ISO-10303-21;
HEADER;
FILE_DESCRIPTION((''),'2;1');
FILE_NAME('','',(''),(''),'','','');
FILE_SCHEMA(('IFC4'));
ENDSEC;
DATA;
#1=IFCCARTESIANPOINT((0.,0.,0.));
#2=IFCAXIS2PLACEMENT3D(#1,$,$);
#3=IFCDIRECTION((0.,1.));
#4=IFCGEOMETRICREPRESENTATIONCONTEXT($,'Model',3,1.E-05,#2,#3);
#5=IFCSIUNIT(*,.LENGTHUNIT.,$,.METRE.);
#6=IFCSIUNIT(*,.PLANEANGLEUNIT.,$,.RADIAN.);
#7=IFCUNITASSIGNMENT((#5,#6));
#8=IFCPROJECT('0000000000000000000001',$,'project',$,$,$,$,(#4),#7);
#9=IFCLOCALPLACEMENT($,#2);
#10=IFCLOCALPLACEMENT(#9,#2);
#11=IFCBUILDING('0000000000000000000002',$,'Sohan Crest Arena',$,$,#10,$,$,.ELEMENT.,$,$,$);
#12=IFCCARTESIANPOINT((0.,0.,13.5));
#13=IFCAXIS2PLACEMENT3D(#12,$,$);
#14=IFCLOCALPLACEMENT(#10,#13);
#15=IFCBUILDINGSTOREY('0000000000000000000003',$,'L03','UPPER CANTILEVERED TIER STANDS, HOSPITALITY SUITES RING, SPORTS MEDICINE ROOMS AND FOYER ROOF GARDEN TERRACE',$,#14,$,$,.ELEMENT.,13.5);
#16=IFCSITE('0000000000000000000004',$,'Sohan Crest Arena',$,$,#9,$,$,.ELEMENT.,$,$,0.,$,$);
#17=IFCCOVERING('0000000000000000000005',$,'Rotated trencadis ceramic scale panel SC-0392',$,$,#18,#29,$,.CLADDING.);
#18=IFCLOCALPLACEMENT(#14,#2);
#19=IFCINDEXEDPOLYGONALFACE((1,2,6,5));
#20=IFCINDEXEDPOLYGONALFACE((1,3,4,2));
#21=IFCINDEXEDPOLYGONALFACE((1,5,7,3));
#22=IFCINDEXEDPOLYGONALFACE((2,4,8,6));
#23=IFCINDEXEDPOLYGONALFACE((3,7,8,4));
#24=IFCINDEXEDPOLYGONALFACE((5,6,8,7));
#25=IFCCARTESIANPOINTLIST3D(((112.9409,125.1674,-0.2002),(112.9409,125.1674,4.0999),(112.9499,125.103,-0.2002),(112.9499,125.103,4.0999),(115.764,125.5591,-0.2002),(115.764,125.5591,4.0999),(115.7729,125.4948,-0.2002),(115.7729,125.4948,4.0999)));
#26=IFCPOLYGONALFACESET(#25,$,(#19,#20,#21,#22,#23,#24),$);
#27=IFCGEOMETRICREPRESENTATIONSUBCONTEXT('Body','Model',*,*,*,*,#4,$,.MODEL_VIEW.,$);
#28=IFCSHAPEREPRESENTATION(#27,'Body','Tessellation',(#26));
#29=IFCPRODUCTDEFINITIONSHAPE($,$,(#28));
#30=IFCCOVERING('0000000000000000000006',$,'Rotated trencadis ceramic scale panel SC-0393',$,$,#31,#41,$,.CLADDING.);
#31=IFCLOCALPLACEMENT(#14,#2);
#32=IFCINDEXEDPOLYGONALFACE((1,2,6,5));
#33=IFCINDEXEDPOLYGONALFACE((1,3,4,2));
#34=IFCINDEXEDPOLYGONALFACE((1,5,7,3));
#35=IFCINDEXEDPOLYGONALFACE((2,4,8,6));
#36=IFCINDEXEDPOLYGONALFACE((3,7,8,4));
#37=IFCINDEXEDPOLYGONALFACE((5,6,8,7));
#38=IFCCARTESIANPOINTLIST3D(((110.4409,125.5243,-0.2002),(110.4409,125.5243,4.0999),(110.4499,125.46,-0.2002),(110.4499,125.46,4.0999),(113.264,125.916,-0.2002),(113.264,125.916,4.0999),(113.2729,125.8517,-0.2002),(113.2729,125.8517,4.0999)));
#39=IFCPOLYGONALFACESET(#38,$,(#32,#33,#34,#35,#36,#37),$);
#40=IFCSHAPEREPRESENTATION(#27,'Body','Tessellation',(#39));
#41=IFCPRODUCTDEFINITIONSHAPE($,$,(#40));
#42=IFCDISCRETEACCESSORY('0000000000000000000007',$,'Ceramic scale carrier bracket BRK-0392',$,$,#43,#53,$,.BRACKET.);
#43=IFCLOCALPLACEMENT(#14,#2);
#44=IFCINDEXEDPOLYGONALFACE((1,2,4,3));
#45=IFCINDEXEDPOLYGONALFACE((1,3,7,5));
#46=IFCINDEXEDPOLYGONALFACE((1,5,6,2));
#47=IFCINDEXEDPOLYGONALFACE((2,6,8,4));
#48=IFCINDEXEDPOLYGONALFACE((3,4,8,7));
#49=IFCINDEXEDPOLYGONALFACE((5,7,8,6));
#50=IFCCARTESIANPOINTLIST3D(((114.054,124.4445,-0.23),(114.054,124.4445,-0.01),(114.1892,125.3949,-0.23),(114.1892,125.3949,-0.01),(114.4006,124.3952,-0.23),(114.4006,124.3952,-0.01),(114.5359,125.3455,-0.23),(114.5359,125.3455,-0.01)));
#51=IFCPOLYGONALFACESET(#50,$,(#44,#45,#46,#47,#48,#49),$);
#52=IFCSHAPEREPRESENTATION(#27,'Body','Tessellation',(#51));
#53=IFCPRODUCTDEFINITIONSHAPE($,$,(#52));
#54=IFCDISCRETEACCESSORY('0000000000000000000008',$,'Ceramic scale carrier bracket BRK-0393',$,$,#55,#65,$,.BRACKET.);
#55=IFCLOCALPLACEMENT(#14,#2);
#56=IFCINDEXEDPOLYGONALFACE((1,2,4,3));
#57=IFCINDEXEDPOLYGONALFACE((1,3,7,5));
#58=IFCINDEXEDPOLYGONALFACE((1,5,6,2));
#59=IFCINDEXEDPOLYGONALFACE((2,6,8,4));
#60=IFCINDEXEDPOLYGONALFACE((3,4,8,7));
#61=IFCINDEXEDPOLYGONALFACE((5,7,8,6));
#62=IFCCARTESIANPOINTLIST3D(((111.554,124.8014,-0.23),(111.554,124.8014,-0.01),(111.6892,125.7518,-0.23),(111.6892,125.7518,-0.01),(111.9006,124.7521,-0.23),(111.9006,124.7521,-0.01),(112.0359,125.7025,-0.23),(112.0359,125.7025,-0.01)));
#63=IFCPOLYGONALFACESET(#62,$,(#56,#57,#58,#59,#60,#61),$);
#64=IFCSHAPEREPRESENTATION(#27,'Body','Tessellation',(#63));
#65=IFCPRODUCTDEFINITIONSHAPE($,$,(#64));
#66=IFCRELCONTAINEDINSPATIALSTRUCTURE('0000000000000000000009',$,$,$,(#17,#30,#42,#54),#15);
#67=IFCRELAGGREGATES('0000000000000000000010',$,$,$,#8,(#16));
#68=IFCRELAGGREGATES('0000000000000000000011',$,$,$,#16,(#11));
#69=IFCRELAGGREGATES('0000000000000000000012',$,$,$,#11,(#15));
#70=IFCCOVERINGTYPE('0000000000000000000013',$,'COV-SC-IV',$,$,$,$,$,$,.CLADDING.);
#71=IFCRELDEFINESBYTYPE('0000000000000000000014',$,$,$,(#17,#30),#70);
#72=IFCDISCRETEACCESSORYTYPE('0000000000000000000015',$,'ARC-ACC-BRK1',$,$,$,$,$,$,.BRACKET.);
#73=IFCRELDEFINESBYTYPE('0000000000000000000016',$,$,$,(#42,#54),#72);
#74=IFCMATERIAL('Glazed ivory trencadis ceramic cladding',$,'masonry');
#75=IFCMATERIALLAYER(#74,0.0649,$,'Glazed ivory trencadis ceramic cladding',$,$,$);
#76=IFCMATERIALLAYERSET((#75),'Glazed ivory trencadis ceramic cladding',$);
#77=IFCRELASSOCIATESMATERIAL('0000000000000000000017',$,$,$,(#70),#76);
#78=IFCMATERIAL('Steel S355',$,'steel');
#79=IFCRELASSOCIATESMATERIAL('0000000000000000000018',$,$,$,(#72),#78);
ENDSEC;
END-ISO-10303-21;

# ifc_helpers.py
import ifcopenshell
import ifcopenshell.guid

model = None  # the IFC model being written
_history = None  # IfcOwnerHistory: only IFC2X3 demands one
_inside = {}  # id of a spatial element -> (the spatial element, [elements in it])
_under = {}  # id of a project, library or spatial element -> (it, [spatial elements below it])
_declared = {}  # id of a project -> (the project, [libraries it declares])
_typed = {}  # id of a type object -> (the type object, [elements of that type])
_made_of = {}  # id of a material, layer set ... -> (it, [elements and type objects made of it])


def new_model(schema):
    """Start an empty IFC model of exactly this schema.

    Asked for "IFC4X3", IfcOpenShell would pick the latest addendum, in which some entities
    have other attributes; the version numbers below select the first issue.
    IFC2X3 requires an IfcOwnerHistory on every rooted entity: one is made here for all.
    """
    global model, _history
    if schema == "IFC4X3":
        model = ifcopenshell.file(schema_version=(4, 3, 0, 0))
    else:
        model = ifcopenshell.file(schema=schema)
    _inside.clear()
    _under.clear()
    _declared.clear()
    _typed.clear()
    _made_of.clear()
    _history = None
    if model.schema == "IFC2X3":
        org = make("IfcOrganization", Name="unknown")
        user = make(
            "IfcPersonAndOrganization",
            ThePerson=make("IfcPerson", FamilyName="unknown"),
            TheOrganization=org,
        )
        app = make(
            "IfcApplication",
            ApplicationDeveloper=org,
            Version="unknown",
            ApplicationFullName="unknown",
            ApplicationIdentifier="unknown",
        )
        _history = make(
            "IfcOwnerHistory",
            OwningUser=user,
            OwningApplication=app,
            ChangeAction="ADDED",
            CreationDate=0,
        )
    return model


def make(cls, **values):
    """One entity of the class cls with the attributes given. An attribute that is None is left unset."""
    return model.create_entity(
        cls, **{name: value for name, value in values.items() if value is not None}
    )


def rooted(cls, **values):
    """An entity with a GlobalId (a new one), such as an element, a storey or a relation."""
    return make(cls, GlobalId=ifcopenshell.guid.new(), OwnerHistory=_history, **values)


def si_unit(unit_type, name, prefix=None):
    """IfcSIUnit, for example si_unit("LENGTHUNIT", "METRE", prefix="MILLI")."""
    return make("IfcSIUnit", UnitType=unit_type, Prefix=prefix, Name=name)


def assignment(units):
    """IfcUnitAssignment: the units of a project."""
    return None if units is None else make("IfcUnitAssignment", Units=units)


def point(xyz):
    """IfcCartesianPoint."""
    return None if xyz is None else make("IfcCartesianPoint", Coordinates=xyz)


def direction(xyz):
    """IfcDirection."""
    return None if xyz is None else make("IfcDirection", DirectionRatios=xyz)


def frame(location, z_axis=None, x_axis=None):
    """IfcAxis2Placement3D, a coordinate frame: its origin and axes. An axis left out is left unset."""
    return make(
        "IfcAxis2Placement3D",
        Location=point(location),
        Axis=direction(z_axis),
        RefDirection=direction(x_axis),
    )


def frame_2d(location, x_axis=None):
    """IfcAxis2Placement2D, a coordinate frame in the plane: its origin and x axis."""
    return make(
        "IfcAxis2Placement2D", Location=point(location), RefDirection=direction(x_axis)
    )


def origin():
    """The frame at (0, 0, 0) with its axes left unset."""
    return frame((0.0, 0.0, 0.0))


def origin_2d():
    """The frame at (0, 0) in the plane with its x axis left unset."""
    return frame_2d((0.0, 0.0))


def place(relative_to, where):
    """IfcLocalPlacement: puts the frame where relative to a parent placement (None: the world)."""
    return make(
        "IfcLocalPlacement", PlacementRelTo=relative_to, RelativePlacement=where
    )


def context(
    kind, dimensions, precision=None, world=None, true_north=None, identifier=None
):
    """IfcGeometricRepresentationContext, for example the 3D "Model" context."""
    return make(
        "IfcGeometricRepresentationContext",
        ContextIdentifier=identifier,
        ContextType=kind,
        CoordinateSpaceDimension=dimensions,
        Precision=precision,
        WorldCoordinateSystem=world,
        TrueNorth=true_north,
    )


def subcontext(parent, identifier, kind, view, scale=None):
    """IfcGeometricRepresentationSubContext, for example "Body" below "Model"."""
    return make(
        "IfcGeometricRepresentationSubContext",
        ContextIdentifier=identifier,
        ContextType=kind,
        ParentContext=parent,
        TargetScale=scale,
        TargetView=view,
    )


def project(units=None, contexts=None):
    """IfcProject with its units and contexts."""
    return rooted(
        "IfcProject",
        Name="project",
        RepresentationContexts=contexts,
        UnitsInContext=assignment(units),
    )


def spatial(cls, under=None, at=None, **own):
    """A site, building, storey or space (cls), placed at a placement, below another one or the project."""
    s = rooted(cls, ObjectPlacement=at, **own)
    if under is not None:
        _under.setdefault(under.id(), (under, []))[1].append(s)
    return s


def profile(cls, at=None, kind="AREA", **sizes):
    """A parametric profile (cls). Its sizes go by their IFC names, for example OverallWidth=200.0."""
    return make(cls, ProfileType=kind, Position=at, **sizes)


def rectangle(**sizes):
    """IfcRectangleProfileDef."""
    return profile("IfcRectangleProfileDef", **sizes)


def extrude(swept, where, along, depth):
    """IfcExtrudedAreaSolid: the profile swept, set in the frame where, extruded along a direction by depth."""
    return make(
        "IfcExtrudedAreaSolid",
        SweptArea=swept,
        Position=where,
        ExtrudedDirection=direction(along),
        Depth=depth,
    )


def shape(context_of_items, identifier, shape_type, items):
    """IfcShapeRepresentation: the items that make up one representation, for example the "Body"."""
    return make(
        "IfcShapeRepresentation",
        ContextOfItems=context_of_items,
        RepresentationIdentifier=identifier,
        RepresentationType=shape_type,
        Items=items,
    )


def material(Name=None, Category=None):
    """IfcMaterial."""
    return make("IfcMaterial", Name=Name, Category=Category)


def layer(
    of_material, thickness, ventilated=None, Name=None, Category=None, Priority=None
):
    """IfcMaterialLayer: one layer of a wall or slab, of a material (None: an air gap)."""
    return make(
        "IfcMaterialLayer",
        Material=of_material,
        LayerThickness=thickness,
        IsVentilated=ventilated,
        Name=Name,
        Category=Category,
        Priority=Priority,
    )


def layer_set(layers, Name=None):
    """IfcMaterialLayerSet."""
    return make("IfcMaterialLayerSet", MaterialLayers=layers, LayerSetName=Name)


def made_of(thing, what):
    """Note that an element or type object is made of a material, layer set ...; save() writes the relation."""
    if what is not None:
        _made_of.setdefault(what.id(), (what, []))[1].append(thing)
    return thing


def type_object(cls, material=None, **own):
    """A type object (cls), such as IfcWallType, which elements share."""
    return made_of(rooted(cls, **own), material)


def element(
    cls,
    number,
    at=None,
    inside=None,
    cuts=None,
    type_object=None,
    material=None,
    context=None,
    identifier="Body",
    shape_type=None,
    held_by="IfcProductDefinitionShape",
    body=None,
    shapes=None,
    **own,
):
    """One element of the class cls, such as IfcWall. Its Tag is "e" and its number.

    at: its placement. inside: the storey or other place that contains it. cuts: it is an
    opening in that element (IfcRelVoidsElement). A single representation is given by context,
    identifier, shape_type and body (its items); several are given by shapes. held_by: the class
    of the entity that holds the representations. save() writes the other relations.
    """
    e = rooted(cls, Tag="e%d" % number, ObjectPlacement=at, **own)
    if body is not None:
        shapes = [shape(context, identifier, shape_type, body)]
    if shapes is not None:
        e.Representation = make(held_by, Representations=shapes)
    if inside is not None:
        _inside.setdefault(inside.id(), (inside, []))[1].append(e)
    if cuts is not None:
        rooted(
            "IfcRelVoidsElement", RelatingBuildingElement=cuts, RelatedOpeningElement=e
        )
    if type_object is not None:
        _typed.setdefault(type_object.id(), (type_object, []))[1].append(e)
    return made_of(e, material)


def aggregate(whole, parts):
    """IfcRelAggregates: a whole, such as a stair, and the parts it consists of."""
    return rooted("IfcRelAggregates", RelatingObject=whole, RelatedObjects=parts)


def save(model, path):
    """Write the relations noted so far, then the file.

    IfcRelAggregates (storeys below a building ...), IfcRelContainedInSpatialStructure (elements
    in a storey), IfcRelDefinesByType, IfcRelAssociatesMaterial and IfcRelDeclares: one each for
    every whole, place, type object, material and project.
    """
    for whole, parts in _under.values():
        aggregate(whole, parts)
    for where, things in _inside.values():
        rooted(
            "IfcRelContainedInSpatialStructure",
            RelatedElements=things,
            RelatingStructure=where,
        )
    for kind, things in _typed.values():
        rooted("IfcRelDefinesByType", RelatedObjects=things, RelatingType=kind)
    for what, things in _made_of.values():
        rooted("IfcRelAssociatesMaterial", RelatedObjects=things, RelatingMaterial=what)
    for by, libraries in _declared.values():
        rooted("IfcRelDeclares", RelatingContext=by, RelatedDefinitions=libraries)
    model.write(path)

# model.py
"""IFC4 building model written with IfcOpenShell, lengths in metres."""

from ifc_helpers import new_model, si_unit, direction, frame, origin, origin_2d, place, context, subcontext, project, spatial, rectangle, extrude, material, layer, layer_set, type_object, element, save


model = new_model("IFC4")

# Units and contexts
model_context = context("Model", 3, precision=1e-05, world=origin(), true_north=direction((0.0, 1.0)))
body_context = subcontext(model_context, "Body", "Model", "MODEL_VIEW")
ifc_project = project(units=[si_unit("LENGTHUNIT", "METRE"), si_unit("PLANEANGLEUNIT", "RADIAN")], contexts=[model_context])

# Site, building, storey
site_placement = place(None, origin())
site = spatial("IfcSite", under=ifc_project, at=site_placement, Name="Sohan Crest Arena", CompositionType="ELEMENT", RefElevation=0.0)
building_placement = place(site_placement, origin())
building = spatial("IfcBuilding", under=site, at=building_placement, Name="Sohan Crest Arena", CompositionType="ELEMENT")
storey_placement = place(building_placement, frame((0.0, 0.0, 13.5)))
storey = spatial("IfcBuildingStorey", under=building, at=storey_placement, Name="L03", Description="UPPER CANTILEVERED TIER STANDS, HOSPITALITY SUITES RING, SPORTS MEDICINE ROOMS AND FOYER ROOF GARDEN TERRACE", CompositionType="ELEMENT", Elevation=13.5)

# Coverings
ifc_material_1 = material(Name="Glazed ivory trencadis ceramic cladding", Category="masonry")
ifc_layer_1 = layer(ifc_material_1, 0.0649, Name="Glazed ivory trencadis ceramic cladding")
ifc_layer_set_1 = layer_set([ifc_layer_1], Name="Glazed ivory trencadis ceramic cladding")
covering_type = type_object("IfcCoveringType", Name="COV-SC-IV", PredefinedType="CLADDING", material=ifc_layer_set_1)
for number, where, z_axis, x_axis, name in (
    (1, (114.3569, 125.3311, -0.2002), (0.0, 0.0, 1.0), (-0.990509, -0.137445, 0.0), "Rotated trencadis ceramic scale panel SC-0392"),
    (2, (111.8569, 125.688, -0.2002), (0.0, 0.0, 1.0), (-0.990509, -0.137445, 0.0), "Rotated trencadis ceramic scale panel SC-0393"),
):
    element("IfcCovering", number, at=place(storey_placement, frame(where, z_axis=z_axis, x_axis=x_axis)), inside=storey, type_object=covering_type, Name=name, PredefinedType="CLADDING", context=body_context, shape_type="SweptSolid", body=[
        extrude(rectangle(XDim=2.8501, YDim=0.0649, at=origin_2d()), origin(), (0.0, 0.0, 1.0), 4.3),
    ])

# Discrete accessories
ifc_material_2 = material(Name="Steel S355", Category="steel")
discrete_accessory_type = type_object("IfcDiscreteAccessoryType", Name="ARC-ACC-BRK1", PredefinedType="BRACKET", material=ifc_material_2)
for number, where, z_axis, x_axis, name in (
    (3, (114.2949, 124.895, -0.23), (0.0, 0.0, 1.0), (-0.990024, 0.140901, 0.0), "Ceramic scale carrier bracket BRK-0392"),
    (4, (111.7949, 125.252, -0.23), (0.0, 0.0, 1.0), (-0.990024, 0.140901, 0.0), "Ceramic scale carrier bracket BRK-0393"),
):
    element("IfcDiscreteAccessory", number, at=place(storey_placement, frame(where, z_axis=z_axis, x_axis=x_axis)), inside=storey, type_object=discrete_accessory_type, Name=name, PredefinedType="BRACKET", context=body_context, shape_type="SweptSolid", body=[
        extrude(rectangle(XDim=0.3501, YDim=0.96, at=origin_2d()), origin(), (0.0, 0.0, 1.0), 0.22),
    ])

save(model, "model.ifc")
